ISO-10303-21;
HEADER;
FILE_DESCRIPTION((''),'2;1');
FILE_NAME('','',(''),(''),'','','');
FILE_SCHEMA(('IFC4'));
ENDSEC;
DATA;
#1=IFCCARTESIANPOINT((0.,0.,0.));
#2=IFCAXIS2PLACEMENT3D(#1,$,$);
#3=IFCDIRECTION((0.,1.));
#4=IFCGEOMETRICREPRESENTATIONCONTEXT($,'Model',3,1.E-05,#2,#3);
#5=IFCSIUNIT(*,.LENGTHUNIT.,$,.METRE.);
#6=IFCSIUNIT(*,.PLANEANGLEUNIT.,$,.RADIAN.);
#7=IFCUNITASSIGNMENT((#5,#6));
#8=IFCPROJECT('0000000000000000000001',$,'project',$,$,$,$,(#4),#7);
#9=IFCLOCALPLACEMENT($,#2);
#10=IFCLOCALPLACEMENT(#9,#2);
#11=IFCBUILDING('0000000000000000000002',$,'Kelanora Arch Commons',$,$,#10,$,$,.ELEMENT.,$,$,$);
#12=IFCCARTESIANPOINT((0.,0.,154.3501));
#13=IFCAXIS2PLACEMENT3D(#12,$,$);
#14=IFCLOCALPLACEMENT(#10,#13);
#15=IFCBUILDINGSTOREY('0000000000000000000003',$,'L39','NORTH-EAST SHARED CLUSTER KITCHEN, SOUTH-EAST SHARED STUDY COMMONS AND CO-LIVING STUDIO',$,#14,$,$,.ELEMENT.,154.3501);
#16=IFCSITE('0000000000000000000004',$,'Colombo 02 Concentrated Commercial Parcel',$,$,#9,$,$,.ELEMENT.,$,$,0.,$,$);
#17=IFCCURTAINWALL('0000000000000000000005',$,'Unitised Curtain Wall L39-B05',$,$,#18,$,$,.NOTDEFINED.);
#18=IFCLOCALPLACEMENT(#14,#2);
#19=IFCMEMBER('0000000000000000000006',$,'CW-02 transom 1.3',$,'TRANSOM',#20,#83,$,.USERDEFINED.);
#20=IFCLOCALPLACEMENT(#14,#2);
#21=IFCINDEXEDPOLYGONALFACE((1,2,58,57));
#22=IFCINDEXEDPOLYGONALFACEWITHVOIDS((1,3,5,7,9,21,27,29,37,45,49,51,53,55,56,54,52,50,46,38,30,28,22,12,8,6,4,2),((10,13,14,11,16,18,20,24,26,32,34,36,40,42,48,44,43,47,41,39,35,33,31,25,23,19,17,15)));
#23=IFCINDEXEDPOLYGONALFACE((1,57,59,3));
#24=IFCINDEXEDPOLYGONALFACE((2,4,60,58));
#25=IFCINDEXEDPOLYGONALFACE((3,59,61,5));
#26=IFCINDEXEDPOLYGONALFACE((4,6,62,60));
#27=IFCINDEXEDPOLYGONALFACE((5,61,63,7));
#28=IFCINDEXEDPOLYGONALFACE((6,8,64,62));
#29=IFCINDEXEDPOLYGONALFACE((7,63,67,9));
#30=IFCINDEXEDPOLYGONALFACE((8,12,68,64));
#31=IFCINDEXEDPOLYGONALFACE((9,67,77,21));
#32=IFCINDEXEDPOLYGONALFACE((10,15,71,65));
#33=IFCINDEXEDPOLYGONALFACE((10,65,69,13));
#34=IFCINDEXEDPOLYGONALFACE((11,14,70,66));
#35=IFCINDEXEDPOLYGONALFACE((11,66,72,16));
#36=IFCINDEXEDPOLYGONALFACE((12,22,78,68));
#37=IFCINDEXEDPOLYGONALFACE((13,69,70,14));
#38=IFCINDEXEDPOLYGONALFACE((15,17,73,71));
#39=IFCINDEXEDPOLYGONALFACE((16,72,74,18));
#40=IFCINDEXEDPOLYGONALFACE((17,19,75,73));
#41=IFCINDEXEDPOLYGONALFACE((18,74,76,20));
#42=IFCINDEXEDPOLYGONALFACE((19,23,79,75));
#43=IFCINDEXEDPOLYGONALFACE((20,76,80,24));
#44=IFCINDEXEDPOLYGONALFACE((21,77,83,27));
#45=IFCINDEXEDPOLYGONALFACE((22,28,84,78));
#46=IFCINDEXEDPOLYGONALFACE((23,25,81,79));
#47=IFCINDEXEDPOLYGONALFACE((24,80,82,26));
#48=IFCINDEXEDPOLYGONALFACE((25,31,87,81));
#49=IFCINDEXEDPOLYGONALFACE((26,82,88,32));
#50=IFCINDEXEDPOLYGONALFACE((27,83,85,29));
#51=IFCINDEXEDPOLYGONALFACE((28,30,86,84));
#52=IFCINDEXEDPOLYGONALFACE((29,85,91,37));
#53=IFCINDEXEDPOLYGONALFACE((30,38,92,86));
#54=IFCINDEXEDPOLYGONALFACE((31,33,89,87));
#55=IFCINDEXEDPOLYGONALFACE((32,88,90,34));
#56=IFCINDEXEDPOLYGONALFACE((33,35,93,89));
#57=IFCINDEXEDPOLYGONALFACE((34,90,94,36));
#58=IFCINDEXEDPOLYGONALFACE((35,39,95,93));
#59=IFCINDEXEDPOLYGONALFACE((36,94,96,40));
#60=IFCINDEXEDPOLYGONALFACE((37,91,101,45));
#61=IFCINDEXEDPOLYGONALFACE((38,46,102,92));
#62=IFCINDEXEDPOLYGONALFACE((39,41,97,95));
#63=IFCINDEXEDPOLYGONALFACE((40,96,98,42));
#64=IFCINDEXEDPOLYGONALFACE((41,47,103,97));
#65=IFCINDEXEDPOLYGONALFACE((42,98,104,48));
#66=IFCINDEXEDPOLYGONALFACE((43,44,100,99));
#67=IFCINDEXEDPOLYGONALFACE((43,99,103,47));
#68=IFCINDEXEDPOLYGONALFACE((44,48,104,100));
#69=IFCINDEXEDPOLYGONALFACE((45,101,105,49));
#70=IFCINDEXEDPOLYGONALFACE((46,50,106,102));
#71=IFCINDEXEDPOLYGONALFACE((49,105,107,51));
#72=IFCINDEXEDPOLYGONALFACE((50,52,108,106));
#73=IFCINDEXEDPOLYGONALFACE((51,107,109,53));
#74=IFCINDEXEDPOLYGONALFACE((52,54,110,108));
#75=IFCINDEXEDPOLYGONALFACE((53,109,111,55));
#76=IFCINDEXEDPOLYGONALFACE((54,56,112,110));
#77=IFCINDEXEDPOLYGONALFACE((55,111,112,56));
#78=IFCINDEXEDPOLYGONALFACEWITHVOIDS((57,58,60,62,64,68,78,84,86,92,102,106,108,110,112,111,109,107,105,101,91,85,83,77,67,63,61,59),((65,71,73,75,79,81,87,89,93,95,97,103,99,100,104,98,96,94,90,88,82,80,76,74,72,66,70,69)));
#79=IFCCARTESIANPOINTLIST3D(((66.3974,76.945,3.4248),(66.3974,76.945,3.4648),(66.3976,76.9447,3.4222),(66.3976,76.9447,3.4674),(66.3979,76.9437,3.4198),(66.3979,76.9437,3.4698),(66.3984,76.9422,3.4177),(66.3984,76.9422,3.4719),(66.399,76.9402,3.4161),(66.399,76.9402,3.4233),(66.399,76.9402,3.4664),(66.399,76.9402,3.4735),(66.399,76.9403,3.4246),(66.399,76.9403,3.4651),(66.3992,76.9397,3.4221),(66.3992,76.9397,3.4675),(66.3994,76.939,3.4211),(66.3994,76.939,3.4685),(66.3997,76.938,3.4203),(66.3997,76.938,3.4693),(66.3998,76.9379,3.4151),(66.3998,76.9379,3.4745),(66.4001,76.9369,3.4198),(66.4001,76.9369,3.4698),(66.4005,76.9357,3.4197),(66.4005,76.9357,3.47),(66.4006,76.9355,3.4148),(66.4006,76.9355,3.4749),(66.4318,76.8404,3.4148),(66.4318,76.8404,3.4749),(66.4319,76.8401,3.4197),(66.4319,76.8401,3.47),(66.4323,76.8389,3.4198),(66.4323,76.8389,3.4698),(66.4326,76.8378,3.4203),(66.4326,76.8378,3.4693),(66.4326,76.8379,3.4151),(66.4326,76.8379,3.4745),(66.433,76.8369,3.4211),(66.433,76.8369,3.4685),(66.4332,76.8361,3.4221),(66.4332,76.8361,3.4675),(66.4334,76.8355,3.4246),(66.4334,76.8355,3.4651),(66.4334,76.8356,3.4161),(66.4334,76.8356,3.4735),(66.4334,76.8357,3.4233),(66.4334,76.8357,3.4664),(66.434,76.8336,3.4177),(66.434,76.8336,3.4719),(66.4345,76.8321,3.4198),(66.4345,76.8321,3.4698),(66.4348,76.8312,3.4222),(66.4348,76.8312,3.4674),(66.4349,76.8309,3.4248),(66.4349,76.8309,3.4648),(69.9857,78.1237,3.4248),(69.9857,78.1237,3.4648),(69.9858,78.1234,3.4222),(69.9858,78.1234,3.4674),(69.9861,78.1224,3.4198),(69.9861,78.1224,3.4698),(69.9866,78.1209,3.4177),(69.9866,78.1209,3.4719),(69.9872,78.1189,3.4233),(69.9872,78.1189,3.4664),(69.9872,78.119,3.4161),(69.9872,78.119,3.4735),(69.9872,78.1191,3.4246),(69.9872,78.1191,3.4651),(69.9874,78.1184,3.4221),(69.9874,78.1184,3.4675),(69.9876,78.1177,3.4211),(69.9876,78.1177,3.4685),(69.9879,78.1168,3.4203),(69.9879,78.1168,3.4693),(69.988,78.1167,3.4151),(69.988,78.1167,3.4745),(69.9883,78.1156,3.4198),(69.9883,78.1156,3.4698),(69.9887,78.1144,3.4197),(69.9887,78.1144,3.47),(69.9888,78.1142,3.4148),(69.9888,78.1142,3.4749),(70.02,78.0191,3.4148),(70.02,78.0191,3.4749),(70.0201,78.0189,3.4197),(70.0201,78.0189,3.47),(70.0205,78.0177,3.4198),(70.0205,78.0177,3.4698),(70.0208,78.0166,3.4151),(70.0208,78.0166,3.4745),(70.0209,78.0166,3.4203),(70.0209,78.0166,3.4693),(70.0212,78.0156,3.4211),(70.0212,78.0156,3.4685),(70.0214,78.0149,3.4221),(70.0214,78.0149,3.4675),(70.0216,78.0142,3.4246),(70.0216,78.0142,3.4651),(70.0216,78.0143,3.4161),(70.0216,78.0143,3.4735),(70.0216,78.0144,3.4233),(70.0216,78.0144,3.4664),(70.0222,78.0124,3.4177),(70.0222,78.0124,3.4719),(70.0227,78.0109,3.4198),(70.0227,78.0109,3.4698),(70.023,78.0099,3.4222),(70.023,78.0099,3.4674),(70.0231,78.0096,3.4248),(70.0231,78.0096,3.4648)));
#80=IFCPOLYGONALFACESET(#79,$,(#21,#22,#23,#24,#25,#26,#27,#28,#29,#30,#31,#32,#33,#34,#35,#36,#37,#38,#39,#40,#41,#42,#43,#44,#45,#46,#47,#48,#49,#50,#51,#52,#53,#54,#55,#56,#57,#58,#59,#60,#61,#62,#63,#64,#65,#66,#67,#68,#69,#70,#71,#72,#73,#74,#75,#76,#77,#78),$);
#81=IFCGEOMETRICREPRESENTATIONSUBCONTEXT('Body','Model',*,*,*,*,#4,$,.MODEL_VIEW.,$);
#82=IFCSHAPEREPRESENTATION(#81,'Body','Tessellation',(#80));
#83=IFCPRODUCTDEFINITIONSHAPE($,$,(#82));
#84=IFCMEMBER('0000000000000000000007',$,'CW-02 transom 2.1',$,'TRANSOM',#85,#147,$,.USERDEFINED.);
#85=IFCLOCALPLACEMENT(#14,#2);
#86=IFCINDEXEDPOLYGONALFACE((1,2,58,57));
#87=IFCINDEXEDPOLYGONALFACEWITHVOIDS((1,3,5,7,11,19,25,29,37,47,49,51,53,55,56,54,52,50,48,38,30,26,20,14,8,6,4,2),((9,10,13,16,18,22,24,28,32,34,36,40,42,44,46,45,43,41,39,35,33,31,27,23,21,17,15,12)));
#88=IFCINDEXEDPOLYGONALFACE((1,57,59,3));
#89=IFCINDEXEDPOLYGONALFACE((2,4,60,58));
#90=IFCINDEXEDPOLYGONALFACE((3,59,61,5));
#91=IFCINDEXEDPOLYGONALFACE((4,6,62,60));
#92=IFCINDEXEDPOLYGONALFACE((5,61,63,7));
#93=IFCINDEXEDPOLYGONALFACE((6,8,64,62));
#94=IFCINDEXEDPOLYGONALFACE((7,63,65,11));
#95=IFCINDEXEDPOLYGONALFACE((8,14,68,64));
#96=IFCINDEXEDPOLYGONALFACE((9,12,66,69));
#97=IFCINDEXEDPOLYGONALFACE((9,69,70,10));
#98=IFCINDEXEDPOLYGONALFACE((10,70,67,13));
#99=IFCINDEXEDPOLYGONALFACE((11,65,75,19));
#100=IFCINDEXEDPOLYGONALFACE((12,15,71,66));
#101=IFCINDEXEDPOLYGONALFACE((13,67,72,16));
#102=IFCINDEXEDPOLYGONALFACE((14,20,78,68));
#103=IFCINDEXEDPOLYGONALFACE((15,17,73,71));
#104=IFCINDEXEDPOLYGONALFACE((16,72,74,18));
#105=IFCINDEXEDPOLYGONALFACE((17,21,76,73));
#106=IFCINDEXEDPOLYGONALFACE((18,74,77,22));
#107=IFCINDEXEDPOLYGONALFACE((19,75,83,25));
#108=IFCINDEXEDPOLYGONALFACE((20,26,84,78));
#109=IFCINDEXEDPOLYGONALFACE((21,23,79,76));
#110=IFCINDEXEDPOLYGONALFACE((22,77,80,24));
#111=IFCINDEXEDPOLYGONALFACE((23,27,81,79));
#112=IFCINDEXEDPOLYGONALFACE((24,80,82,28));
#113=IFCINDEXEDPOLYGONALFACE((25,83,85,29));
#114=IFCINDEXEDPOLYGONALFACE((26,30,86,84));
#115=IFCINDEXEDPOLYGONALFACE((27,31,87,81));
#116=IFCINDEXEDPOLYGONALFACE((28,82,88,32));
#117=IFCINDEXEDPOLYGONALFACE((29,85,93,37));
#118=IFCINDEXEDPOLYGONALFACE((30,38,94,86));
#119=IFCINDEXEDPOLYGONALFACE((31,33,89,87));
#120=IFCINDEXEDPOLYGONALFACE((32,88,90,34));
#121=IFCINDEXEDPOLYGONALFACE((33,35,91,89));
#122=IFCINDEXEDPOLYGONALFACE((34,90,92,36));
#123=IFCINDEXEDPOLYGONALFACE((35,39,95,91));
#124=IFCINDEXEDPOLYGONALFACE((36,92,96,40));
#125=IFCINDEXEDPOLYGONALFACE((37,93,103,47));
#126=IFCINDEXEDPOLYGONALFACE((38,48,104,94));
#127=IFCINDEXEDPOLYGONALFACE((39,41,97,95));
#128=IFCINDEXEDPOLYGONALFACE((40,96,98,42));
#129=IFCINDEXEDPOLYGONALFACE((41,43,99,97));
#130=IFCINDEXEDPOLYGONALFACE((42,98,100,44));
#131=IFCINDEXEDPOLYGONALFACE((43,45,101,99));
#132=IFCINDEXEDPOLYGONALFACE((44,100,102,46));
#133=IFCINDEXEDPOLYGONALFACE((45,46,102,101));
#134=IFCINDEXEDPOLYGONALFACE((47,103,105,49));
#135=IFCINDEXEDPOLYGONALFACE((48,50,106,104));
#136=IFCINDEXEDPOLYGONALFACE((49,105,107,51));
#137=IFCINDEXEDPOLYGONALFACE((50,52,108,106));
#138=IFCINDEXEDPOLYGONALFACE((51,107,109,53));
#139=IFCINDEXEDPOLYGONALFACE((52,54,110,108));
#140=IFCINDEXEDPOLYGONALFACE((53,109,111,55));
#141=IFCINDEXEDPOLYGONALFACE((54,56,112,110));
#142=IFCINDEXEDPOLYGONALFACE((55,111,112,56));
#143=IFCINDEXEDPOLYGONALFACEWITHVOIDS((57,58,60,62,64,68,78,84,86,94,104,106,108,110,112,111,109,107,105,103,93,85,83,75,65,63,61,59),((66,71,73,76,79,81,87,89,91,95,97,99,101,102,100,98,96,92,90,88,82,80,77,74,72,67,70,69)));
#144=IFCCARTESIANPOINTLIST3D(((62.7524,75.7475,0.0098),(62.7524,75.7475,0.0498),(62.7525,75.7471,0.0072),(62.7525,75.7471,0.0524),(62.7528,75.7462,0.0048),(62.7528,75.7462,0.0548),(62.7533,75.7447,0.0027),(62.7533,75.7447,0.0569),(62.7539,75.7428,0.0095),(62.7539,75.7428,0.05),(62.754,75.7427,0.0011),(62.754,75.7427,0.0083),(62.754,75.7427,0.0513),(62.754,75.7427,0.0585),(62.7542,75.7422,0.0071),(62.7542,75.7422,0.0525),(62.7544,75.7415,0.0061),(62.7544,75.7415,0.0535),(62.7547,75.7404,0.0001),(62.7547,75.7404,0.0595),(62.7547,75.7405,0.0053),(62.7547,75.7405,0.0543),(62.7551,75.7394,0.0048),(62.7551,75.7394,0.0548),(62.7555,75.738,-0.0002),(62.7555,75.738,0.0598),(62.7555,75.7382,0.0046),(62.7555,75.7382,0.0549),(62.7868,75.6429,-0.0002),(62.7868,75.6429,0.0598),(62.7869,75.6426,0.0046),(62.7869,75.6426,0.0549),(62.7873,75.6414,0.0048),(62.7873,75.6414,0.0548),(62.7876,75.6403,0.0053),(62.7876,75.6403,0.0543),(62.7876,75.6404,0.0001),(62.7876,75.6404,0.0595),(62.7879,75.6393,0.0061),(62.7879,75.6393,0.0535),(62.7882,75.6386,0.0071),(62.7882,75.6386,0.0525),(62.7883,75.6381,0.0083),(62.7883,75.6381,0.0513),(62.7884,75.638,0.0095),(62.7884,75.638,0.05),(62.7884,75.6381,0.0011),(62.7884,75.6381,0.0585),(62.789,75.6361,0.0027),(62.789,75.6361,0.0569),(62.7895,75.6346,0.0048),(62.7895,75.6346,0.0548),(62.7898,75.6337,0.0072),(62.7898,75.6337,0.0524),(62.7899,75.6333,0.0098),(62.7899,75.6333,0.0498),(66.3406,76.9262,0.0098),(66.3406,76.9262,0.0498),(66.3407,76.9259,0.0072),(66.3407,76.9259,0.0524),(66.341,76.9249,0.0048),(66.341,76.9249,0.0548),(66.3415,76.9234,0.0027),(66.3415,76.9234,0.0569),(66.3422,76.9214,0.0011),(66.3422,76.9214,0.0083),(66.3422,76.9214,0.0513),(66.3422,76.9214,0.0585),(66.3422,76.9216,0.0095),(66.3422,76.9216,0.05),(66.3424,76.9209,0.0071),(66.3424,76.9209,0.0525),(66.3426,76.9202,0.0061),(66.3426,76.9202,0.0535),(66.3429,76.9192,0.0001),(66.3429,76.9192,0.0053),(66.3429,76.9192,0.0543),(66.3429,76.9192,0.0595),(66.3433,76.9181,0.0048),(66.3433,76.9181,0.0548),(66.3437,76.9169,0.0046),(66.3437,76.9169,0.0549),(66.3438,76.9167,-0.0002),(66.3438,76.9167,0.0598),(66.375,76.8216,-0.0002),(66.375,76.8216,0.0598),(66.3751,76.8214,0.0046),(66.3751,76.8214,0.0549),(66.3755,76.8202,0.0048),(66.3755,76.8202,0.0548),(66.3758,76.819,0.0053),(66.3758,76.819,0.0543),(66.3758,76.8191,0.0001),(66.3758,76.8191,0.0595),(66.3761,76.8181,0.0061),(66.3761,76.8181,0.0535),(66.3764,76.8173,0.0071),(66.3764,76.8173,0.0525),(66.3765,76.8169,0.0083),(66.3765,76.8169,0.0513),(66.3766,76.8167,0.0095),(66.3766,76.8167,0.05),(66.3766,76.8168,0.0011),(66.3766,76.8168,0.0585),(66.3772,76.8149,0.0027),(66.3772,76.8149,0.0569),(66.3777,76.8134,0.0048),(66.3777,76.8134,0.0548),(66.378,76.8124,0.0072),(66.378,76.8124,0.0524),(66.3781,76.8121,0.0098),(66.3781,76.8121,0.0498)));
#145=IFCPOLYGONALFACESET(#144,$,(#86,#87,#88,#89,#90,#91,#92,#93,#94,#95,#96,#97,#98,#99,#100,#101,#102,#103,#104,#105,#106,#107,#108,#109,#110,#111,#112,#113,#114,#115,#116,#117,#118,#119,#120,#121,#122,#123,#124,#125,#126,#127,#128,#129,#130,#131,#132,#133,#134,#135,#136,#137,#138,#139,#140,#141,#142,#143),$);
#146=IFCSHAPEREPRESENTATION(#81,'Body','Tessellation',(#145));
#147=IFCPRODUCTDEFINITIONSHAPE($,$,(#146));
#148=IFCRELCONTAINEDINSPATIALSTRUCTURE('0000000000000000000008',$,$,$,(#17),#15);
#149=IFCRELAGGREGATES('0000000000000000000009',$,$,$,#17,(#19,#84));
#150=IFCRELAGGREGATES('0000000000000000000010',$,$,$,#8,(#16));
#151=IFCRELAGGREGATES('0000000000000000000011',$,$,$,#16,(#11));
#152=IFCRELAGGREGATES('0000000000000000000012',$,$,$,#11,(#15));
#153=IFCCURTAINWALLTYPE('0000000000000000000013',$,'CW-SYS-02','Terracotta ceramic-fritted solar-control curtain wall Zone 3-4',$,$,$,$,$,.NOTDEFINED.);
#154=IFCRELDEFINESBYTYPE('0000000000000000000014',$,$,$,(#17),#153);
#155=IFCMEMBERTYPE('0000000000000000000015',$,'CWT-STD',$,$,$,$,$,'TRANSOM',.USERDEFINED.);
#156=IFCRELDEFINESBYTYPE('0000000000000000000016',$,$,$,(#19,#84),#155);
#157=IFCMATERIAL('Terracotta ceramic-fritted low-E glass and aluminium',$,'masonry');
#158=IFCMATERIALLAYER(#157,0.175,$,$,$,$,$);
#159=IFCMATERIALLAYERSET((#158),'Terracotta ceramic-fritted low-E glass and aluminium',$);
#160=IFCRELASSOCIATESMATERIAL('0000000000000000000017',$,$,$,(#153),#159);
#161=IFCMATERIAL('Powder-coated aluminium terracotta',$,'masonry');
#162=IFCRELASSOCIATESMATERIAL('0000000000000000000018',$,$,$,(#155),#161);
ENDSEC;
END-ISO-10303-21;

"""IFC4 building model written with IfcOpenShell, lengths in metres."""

from ifc_helpers import new_model, si_unit, direction, frame, origin, origin_2d, place, context, subcontext, project, spatial, hollow_rectangle, extrude, material, layer, layer_set, material_profile, profile_set, type_object, element, aggregate, save


model = new_model("IFC4")

# Units and contexts
model_context = context("Model", 3, precision=1e-05, world=origin(), true_north=direction((0.0, 1.0)))
body_context = subcontext(model_context, "Body", "Model", "MODEL_VIEW")
ifc_project = project(units=[si_unit("LENGTHUNIT", "METRE"), si_unit("PLANEANGLEUNIT", "RADIAN")], contexts=[model_context])

# Site, building, storey
site_placement = place(None, origin())
site = spatial("IfcSite", under=ifc_project, at=site_placement, Name="Colombo 02 Concentrated Commercial Parcel", CompositionType="ELEMENT", RefElevation=0.0)
building_placement = place(site_placement, origin())
building = spatial("IfcBuilding", under=site, at=building_placement, Name="Kelanora Arch Commons", CompositionType="ELEMENT")
storey_placement = place(building_placement, frame((0.0, 0.0, 154.3501)))
storey = spatial("IfcBuildingStorey", under=building, at=storey_placement, Name="L39", Description="NORTH-EAST SHARED CLUSTER KITCHEN, SOUTH-EAST SHARED STUDY COMMONS AND CO-LIVING STUDIO", CompositionType="ELEMENT", Elevation=154.3501)

# Curtain wall, members
ifc_material_1 = material(Name="Terracotta ceramic-fritted low-E glass and aluminium", Category="masonry")
ifc_layer_1 = layer(ifc_material_1, 0.175)
ifc_layer_set_1 = layer_set([ifc_layer_1], Name="Terracotta ceramic-fritted low-E glass and aluminium")
curtain_wall_type = type_object("IfcCurtainWallType", Name="CW-SYS-02", Description="Terracotta ceramic-fritted solar-control curtain wall Zone 3-4", PredefinedType="NOTDEFINED", material=ifc_layer_set_1)
curtain_wall_placement = place(storey_placement, origin())
curtain_wall = element("IfcCurtainWall", 1, at=curtain_wall_placement, inside=storey, type_object=curtain_wall_type, Name="Unitised Curtain Wall L39-B05", PredefinedType="NOTDEFINED")
ifc_material_2 = material(Name="Powder-coated aluminium terracotta", Category="masonry")
ifc_material_profile_1 = material_profile(ifc_material_2, hollow_rectangle(XDim=0.1201, YDim=0.0601, WallThickness=0.0049, InnerFilletRadius=0.0049, OuterFilletRadius=0.01, at=origin_2d()), Name="CWT120x60")
ifc_profile_set_1 = profile_set([ifc_material_profile_1], Name="Powder-coated aluminium terracotta")
member_type_1 = type_object("IfcMemberType", Name="CWT-STD", ElementType="TRANSOM", PredefinedType="USERDEFINED", material=ifc_profile_set_1)
member_1_placement = place(storey_placement, frame((70.0044, 78.0667, 3.4448), z_axis=(-0.950051, -0.312094, 0.0), x_axis=(0.312094, -0.950051, 0.0)))
member_1 = element("IfcMember", 2, at=member_1_placement, type_object=member_type_1, Name="CW-02 transom 1.3", ObjectType="TRANSOM", PredefinedType="USERDEFINED", context=body_context, shape_type="SweptSolid", body=[
    extrude(hollow_rectangle(XDim=0.1201, YDim=0.0601, WallThickness=0.0049, InnerFilletRadius=0.0049, OuterFilletRadius=0.01, at=origin_2d()), origin(), (0.0, 0.0, 1.0), 3.7769),
])
member_2_placement = place(storey_placement, frame((66.3594, 76.8691, 0.0298), z_axis=(-0.950051, -0.312094, 0.0), x_axis=(0.312094, -0.950051, 0.0)))
member_2 = element("IfcMember", 3, at=member_2_placement, type_object=member_type_1, Name="CW-02 transom 2.1", ObjectType="TRANSOM", PredefinedType="USERDEFINED", context=body_context, shape_type="SweptSolid", body=[
    extrude(hollow_rectangle(XDim=0.1201, YDim=0.0601, WallThickness=0.0049, InnerFilletRadius=0.0049, OuterFilletRadius=0.01, at=origin_2d()), origin(), (0.0, 0.0, 1.0), 3.7769),
])
aggregate(curtain_wall, [member_1, member_2])

save(model, "model.ifc")
